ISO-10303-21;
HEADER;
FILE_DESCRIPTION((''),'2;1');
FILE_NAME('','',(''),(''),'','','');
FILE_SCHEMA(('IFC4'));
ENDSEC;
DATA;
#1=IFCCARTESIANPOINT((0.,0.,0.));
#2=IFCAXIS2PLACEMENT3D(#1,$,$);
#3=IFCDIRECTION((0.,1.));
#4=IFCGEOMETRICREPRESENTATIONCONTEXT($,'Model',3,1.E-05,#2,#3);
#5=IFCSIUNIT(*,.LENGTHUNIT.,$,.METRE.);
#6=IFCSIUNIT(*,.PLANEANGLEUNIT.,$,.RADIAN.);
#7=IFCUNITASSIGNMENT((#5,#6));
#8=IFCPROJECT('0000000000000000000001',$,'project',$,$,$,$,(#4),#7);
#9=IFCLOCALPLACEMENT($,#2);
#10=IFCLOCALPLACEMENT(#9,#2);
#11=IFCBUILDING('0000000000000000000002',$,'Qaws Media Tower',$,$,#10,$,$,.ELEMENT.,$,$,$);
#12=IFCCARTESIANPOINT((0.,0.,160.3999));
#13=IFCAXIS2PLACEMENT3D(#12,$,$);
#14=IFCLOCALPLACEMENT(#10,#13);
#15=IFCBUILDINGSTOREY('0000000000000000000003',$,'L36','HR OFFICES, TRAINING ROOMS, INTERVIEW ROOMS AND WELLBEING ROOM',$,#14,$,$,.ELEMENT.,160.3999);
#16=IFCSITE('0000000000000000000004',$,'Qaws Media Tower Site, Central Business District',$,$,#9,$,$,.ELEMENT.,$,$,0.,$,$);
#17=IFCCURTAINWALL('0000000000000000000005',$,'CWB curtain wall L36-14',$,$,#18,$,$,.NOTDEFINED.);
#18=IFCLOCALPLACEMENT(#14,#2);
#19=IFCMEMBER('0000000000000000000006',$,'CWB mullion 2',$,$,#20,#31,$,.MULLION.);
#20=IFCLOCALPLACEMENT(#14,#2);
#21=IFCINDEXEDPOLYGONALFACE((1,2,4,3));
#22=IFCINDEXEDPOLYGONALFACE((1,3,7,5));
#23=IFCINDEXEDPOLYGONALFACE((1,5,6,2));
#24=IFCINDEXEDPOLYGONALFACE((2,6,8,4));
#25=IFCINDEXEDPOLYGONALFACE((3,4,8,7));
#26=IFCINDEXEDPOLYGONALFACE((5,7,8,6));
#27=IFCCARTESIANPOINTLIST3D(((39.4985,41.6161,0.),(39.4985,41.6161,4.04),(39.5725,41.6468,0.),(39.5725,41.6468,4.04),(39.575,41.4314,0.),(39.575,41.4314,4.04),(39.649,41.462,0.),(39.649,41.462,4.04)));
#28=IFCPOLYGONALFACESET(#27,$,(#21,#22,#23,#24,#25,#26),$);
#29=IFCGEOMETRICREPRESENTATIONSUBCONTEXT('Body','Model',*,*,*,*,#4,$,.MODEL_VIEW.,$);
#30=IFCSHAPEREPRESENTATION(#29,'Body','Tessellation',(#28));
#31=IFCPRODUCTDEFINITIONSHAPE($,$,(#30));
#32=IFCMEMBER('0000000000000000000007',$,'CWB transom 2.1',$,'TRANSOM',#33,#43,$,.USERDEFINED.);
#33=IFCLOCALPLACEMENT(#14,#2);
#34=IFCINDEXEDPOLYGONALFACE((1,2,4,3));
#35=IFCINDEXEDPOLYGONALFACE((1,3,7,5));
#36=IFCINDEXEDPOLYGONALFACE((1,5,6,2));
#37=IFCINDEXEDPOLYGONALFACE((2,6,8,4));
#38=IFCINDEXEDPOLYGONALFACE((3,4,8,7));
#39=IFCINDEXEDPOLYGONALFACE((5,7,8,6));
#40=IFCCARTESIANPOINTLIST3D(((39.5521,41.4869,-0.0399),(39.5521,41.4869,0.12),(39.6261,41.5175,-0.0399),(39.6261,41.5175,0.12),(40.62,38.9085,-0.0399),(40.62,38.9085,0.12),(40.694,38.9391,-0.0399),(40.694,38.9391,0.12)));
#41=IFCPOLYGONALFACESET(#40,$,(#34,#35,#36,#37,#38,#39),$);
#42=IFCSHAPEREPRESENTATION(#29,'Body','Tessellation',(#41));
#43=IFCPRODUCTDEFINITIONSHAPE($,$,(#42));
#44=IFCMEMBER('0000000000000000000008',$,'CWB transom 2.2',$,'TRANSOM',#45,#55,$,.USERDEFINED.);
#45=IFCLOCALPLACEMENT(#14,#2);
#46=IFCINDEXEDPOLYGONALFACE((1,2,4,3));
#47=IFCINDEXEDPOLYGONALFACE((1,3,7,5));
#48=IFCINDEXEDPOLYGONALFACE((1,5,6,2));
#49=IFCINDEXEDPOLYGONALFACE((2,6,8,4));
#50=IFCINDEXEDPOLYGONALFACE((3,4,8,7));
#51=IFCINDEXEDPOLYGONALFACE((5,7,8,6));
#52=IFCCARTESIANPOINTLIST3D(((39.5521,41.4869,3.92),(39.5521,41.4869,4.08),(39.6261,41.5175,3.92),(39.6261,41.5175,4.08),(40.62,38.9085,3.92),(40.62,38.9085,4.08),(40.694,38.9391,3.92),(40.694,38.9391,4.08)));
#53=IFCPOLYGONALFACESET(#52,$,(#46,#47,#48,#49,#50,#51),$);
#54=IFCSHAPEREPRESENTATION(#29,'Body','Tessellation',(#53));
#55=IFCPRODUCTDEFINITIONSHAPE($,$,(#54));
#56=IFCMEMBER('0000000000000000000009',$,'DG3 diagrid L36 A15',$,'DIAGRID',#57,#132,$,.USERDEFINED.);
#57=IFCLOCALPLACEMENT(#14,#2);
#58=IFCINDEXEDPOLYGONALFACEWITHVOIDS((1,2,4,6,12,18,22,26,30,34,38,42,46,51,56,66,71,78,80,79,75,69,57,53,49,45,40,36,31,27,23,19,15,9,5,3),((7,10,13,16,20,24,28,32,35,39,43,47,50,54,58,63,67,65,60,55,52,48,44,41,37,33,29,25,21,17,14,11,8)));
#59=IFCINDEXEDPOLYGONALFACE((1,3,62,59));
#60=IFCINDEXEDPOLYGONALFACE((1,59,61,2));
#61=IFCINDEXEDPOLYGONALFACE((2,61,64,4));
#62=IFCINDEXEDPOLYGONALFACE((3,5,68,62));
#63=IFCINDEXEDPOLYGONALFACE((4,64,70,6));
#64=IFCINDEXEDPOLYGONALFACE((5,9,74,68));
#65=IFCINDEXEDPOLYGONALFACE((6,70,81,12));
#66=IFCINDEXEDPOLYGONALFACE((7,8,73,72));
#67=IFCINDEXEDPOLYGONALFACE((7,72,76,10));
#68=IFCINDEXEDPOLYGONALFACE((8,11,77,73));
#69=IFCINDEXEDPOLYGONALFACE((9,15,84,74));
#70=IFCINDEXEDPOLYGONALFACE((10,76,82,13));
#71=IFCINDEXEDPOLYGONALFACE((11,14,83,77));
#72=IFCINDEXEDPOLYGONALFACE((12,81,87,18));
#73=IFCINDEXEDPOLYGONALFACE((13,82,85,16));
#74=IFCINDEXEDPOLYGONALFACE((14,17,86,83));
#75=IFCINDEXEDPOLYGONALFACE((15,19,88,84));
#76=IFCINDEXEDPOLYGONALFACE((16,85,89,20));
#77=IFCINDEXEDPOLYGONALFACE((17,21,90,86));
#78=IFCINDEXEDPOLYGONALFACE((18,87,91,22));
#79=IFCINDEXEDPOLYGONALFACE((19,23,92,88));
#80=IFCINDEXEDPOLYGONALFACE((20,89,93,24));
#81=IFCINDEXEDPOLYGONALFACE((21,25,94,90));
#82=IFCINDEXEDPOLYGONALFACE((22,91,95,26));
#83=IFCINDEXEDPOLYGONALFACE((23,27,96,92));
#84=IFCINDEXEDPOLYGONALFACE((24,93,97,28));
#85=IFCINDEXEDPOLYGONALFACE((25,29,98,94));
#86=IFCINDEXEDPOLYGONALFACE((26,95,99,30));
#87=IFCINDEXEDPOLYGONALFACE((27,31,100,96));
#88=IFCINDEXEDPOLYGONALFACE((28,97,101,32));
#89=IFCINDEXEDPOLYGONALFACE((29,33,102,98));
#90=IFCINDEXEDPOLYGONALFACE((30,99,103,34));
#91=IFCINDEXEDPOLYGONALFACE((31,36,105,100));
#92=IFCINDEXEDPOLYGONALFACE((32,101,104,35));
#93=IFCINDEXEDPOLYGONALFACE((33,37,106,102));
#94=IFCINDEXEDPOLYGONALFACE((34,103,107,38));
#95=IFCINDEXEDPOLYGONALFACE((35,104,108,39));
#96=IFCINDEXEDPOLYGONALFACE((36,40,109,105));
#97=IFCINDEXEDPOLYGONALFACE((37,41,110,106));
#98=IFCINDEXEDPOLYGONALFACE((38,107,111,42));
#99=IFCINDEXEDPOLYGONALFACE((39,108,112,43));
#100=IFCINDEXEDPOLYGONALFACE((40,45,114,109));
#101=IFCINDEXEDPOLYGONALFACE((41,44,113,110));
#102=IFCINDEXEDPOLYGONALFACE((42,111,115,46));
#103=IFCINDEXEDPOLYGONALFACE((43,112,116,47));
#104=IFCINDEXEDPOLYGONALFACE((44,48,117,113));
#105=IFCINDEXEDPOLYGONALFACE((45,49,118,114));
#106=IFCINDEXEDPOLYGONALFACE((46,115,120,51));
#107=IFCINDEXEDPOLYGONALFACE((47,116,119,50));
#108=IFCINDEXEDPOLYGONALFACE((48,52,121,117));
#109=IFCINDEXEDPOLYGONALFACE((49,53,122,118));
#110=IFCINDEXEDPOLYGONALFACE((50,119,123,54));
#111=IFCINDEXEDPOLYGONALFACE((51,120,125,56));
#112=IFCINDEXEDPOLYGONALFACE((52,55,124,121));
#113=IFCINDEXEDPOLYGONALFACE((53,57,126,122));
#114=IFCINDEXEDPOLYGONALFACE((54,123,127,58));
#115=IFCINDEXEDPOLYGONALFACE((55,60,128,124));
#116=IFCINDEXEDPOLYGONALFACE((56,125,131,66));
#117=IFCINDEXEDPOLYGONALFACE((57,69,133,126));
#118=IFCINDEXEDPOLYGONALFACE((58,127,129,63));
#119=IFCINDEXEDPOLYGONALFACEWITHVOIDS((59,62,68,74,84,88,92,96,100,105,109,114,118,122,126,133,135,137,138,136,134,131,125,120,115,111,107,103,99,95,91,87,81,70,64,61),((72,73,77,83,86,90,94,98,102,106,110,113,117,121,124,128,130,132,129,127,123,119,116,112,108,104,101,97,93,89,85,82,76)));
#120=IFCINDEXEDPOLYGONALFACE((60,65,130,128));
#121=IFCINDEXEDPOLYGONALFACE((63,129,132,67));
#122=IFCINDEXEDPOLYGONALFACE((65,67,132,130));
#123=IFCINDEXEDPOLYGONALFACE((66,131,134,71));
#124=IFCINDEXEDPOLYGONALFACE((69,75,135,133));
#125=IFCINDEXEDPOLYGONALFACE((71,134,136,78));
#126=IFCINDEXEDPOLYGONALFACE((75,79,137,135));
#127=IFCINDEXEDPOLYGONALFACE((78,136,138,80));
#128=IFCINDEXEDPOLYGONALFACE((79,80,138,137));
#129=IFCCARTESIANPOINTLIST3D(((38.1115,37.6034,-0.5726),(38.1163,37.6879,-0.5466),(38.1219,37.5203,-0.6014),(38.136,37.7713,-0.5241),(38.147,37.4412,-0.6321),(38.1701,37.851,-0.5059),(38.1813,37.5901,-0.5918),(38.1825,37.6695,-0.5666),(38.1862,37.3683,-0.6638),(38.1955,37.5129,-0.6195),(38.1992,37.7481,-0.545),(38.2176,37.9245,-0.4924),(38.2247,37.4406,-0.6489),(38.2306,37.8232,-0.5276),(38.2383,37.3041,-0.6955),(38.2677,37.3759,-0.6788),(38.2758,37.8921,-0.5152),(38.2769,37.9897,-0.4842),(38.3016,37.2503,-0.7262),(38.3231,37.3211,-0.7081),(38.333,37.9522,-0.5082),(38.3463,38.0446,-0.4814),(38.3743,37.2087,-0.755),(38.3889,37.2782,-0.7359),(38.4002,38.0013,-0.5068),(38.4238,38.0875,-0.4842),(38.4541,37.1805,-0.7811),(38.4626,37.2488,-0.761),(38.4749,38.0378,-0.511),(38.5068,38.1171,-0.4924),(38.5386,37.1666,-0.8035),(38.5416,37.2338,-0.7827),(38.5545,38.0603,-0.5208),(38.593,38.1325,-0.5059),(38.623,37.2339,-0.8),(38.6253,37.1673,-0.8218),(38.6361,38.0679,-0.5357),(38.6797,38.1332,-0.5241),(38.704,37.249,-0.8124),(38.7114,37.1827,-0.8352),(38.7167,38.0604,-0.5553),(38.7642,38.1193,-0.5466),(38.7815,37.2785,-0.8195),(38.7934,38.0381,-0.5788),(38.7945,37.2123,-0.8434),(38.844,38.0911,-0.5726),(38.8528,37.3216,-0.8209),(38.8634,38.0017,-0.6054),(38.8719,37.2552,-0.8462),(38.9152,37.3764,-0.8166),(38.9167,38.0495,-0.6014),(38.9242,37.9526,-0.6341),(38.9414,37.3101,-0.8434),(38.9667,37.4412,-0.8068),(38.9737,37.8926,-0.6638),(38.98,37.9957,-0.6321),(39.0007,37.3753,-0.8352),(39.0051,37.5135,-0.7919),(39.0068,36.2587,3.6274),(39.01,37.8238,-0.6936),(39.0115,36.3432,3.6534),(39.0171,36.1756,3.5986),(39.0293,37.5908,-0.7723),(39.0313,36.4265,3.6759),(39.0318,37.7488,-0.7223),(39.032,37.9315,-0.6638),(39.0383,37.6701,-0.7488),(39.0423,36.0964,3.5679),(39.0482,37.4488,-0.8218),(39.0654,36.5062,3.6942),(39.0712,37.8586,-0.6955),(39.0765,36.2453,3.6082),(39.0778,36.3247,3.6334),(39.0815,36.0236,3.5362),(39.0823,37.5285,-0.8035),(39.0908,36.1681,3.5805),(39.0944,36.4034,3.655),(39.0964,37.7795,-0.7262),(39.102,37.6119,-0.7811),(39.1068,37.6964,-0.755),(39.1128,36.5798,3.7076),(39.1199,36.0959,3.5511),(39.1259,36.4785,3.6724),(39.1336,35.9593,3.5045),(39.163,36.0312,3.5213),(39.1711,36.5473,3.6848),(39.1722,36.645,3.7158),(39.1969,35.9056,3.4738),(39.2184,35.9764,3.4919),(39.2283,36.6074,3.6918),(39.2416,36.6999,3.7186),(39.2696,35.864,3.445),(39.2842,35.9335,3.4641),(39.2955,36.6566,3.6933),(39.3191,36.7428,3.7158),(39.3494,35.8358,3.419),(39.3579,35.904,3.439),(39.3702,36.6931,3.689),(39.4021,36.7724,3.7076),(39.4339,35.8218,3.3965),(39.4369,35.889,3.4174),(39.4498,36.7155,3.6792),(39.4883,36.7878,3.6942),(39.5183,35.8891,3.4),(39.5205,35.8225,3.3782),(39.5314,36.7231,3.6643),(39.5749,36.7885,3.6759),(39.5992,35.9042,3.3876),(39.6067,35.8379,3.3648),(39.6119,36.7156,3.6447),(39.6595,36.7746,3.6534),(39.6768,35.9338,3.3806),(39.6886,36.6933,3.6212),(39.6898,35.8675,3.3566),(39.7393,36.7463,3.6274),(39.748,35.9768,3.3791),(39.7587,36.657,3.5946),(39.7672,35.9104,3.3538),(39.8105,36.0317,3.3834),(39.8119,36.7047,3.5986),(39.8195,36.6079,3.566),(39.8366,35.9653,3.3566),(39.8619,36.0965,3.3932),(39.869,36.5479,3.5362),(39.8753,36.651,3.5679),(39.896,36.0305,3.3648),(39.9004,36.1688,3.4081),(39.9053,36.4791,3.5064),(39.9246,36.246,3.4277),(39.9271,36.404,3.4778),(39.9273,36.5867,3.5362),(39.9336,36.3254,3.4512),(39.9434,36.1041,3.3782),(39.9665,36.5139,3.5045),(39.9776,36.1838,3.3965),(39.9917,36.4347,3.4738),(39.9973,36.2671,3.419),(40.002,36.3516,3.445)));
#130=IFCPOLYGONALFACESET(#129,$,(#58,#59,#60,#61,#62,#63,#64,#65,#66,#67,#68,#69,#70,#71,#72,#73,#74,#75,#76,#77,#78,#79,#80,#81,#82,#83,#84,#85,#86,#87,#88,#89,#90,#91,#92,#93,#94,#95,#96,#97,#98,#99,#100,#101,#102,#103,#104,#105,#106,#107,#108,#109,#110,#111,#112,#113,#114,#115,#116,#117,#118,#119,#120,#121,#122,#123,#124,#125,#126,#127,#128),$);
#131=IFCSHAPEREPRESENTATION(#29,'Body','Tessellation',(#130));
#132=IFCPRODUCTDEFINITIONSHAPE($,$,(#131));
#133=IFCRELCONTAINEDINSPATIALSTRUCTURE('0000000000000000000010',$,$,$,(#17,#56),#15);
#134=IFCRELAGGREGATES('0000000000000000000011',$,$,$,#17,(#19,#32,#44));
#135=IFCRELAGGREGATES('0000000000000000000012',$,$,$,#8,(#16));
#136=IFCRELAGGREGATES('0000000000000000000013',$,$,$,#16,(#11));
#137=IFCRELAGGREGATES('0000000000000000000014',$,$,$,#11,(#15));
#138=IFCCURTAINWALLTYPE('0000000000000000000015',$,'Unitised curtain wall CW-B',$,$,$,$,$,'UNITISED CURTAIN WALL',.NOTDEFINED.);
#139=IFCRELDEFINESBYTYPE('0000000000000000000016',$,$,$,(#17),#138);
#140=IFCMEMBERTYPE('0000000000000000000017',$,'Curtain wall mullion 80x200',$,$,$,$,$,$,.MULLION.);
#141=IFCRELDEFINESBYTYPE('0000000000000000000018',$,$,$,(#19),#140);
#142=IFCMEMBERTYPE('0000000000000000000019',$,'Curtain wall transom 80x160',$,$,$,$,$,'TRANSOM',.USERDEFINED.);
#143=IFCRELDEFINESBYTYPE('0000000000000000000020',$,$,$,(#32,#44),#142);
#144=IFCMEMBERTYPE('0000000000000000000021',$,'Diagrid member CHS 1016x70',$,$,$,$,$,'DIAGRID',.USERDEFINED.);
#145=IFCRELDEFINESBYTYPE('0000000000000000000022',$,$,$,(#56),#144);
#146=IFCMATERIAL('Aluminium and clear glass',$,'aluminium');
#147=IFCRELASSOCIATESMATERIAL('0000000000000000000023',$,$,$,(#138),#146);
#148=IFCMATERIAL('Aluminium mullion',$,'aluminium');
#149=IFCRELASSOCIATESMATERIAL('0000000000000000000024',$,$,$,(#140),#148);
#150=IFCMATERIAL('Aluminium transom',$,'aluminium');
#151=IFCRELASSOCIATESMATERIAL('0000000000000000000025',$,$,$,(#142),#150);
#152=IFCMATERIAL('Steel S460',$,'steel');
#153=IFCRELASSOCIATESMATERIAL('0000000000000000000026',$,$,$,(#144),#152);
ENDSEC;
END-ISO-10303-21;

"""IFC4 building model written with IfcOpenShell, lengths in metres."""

from ifc_helpers import new_model, si_unit, direction, frame, origin, origin_2d, place, context, subcontext, project, spatial, rectangle, hollow_circle, extrude, material, material_profile, profile_set, type_object, element, aggregate, save


model = new_model("IFC4")

# Units and contexts
model_context = context("Model", 3, precision=1e-05, world=origin(), true_north=direction((0.0, 1.0)))
body_context = subcontext(model_context, "Body", "Model", "MODEL_VIEW")
ifc_project = project(units=[si_unit("LENGTHUNIT", "METRE"), si_unit("PLANEANGLEUNIT", "RADIAN")], contexts=[model_context])

# Site, building, storey
site_placement = place(None, origin())
site = spatial("IfcSite", under=ifc_project, at=site_placement, Name="Qaws Media Tower Site, Central Business District", CompositionType="ELEMENT", RefElevation=0.0)
building_placement = place(site_placement, origin())
building = spatial("IfcBuilding", under=site, at=building_placement, Name="Qaws Media Tower", CompositionType="ELEMENT")
storey_placement = place(building_placement, frame((0.0, 0.0, 160.3999)))
storey = spatial("IfcBuildingStorey", under=building, at=storey_placement, Name="L36", Description="HR OFFICES, TRAINING ROOMS, INTERVIEW ROOMS AND WELLBEING ROOM", CompositionType="ELEMENT", Elevation=160.3999)

# Curtain wall, members
ifc_material_1 = material(Name="Aluminium and clear glass", Category="aluminium")
curtain_wall_type = type_object("IfcCurtainWallType", Name="Unitised curtain wall CW-B", ElementType="UNITISED CURTAIN WALL", PredefinedType="NOTDEFINED", material=ifc_material_1)
curtain_wall_placement = place(storey_placement, origin())
curtain_wall = element("IfcCurtainWall", 1, at=curtain_wall_placement, inside=storey, type_object=curtain_wall_type, Name="CWB curtain wall L36-14", PredefinedType="NOTDEFINED")
ifc_material_2 = material(Name="Aluminium mullion", Category="aluminium")
ifc_material_profile_1 = material_profile(ifc_material_2, rectangle(XDim=0.0801, YDim=0.2, at=origin_2d()), Name="80x200")
ifc_profile_set_1 = profile_set([ifc_material_profile_1], Name="Aluminium mullion")
member_type_1 = type_object("IfcMemberType", Name="Curtain wall mullion 80x200", PredefinedType="MULLION", material=ifc_profile_set_1)
member_1_placement = place(storey_placement, frame((39.5737, 41.5391, 0.0), z_axis=(0.0, 0.0, 1.0), x_axis=(0.92388, 0.382683, 0.0)))
member_1 = element("IfcMember", 2, at=member_1_placement, type_object=member_type_1, Name="CWB mullion 2", PredefinedType="MULLION", context=body_context, shape_type="SweptSolid", body=[
    extrude(rectangle(XDim=0.0801, YDim=0.2, at=origin_2d()), origin(), (0.0, 0.0, 1.0), 4.04),
])
ifc_material_3 = material(Name="Aluminium transom", Category="aluminium")
ifc_material_profile_2 = material_profile(ifc_material_3, rectangle(XDim=0.0801, YDim=0.1599, at=origin_2d()), Name="80x160")
ifc_profile_set_2 = profile_set([ifc_material_profile_2], Name="Aluminium transom")
member_type_2 = type_object("IfcMemberType", Name="Curtain wall transom 80x160", ElementType="TRANSOM", PredefinedType="USERDEFINED", material=ifc_profile_set_2)
member_2_placement = place(storey_placement, frame((39.5891, 41.5022, 0.04), z_axis=(0.382645, -0.923895, 0.0), x_axis=(0.923895, 0.382645, 0.0)))
member_2 = element("IfcMember", 3, at=member_2_placement, type_object=member_type_2, Name="CWB transom 2.1", ObjectType="TRANSOM", PredefinedType="USERDEFINED", context=body_context, shape_type="SweptSolid", body=[
    extrude(rectangle(XDim=0.0801, YDim=0.1599, at=origin_2d()), origin(), (0.0, 0.0, 1.0), 2.7908),
])
member_3_placement = place(storey_placement, frame((39.5891, 41.5022, 4.0), z_axis=(0.382645, -0.923895, 0.0), x_axis=(0.923895, 0.382645, 0.0)))
member_3 = element("IfcMember", 4, at=member_3_placement, type_object=member_type_2, Name="CWB transom 2.2", ObjectType="TRANSOM", PredefinedType="USERDEFINED", context=body_context, shape_type="SweptSolid", body=[
    extrude(rectangle(XDim=0.0801, YDim=0.1599, at=origin_2d()), origin(), (0.0, 0.0, 1.0), 2.7908),
])

# Member
ifc_material_4 = material(Name="Steel S460", Category="steel")
ifc_material_profile_3 = material_profile(ifc_material_4, hollow_circle(Radius=0.5081, WallThickness=0.0701, at=origin_2d()), Name="CHS 1016x70")
ifc_profile_set_3 = profile_set([ifc_material_profile_3], Name="Steel S460")
member_type_3 = type_object("IfcMemberType", Name="Diagrid member CHS 1016x70", ElementType="DIAGRID", PredefinedType="USERDEFINED", material=ifc_profile_set_3)
for number, where, z_axis, x_axis, name in (
    (5, (38.6091, 37.6499, -0.6638), (0.198951, -0.298833, 0.933337), (0.832399, 0.554177, 0.0), "DG3 diagrid L36 A15"),
):
    element("IfcMember", number, at=place(storey_placement, frame(where, z_axis=z_axis, x_axis=x_axis)), inside=storey, type_object=member_type_3, Name=name, ObjectType="DIAGRID", PredefinedType="USERDEFINED", context=body_context, shape_type="SweptSolid", body=[
        extrude(hollow_circle(Radius=0.5081, WallThickness=0.0701, at=origin_2d()), origin(), (0.0, 0.0, 1.0), 4.5),
    ])

aggregate(curtain_wall, [member_1, member_2, member_3])

save(model, "model.ifc")
